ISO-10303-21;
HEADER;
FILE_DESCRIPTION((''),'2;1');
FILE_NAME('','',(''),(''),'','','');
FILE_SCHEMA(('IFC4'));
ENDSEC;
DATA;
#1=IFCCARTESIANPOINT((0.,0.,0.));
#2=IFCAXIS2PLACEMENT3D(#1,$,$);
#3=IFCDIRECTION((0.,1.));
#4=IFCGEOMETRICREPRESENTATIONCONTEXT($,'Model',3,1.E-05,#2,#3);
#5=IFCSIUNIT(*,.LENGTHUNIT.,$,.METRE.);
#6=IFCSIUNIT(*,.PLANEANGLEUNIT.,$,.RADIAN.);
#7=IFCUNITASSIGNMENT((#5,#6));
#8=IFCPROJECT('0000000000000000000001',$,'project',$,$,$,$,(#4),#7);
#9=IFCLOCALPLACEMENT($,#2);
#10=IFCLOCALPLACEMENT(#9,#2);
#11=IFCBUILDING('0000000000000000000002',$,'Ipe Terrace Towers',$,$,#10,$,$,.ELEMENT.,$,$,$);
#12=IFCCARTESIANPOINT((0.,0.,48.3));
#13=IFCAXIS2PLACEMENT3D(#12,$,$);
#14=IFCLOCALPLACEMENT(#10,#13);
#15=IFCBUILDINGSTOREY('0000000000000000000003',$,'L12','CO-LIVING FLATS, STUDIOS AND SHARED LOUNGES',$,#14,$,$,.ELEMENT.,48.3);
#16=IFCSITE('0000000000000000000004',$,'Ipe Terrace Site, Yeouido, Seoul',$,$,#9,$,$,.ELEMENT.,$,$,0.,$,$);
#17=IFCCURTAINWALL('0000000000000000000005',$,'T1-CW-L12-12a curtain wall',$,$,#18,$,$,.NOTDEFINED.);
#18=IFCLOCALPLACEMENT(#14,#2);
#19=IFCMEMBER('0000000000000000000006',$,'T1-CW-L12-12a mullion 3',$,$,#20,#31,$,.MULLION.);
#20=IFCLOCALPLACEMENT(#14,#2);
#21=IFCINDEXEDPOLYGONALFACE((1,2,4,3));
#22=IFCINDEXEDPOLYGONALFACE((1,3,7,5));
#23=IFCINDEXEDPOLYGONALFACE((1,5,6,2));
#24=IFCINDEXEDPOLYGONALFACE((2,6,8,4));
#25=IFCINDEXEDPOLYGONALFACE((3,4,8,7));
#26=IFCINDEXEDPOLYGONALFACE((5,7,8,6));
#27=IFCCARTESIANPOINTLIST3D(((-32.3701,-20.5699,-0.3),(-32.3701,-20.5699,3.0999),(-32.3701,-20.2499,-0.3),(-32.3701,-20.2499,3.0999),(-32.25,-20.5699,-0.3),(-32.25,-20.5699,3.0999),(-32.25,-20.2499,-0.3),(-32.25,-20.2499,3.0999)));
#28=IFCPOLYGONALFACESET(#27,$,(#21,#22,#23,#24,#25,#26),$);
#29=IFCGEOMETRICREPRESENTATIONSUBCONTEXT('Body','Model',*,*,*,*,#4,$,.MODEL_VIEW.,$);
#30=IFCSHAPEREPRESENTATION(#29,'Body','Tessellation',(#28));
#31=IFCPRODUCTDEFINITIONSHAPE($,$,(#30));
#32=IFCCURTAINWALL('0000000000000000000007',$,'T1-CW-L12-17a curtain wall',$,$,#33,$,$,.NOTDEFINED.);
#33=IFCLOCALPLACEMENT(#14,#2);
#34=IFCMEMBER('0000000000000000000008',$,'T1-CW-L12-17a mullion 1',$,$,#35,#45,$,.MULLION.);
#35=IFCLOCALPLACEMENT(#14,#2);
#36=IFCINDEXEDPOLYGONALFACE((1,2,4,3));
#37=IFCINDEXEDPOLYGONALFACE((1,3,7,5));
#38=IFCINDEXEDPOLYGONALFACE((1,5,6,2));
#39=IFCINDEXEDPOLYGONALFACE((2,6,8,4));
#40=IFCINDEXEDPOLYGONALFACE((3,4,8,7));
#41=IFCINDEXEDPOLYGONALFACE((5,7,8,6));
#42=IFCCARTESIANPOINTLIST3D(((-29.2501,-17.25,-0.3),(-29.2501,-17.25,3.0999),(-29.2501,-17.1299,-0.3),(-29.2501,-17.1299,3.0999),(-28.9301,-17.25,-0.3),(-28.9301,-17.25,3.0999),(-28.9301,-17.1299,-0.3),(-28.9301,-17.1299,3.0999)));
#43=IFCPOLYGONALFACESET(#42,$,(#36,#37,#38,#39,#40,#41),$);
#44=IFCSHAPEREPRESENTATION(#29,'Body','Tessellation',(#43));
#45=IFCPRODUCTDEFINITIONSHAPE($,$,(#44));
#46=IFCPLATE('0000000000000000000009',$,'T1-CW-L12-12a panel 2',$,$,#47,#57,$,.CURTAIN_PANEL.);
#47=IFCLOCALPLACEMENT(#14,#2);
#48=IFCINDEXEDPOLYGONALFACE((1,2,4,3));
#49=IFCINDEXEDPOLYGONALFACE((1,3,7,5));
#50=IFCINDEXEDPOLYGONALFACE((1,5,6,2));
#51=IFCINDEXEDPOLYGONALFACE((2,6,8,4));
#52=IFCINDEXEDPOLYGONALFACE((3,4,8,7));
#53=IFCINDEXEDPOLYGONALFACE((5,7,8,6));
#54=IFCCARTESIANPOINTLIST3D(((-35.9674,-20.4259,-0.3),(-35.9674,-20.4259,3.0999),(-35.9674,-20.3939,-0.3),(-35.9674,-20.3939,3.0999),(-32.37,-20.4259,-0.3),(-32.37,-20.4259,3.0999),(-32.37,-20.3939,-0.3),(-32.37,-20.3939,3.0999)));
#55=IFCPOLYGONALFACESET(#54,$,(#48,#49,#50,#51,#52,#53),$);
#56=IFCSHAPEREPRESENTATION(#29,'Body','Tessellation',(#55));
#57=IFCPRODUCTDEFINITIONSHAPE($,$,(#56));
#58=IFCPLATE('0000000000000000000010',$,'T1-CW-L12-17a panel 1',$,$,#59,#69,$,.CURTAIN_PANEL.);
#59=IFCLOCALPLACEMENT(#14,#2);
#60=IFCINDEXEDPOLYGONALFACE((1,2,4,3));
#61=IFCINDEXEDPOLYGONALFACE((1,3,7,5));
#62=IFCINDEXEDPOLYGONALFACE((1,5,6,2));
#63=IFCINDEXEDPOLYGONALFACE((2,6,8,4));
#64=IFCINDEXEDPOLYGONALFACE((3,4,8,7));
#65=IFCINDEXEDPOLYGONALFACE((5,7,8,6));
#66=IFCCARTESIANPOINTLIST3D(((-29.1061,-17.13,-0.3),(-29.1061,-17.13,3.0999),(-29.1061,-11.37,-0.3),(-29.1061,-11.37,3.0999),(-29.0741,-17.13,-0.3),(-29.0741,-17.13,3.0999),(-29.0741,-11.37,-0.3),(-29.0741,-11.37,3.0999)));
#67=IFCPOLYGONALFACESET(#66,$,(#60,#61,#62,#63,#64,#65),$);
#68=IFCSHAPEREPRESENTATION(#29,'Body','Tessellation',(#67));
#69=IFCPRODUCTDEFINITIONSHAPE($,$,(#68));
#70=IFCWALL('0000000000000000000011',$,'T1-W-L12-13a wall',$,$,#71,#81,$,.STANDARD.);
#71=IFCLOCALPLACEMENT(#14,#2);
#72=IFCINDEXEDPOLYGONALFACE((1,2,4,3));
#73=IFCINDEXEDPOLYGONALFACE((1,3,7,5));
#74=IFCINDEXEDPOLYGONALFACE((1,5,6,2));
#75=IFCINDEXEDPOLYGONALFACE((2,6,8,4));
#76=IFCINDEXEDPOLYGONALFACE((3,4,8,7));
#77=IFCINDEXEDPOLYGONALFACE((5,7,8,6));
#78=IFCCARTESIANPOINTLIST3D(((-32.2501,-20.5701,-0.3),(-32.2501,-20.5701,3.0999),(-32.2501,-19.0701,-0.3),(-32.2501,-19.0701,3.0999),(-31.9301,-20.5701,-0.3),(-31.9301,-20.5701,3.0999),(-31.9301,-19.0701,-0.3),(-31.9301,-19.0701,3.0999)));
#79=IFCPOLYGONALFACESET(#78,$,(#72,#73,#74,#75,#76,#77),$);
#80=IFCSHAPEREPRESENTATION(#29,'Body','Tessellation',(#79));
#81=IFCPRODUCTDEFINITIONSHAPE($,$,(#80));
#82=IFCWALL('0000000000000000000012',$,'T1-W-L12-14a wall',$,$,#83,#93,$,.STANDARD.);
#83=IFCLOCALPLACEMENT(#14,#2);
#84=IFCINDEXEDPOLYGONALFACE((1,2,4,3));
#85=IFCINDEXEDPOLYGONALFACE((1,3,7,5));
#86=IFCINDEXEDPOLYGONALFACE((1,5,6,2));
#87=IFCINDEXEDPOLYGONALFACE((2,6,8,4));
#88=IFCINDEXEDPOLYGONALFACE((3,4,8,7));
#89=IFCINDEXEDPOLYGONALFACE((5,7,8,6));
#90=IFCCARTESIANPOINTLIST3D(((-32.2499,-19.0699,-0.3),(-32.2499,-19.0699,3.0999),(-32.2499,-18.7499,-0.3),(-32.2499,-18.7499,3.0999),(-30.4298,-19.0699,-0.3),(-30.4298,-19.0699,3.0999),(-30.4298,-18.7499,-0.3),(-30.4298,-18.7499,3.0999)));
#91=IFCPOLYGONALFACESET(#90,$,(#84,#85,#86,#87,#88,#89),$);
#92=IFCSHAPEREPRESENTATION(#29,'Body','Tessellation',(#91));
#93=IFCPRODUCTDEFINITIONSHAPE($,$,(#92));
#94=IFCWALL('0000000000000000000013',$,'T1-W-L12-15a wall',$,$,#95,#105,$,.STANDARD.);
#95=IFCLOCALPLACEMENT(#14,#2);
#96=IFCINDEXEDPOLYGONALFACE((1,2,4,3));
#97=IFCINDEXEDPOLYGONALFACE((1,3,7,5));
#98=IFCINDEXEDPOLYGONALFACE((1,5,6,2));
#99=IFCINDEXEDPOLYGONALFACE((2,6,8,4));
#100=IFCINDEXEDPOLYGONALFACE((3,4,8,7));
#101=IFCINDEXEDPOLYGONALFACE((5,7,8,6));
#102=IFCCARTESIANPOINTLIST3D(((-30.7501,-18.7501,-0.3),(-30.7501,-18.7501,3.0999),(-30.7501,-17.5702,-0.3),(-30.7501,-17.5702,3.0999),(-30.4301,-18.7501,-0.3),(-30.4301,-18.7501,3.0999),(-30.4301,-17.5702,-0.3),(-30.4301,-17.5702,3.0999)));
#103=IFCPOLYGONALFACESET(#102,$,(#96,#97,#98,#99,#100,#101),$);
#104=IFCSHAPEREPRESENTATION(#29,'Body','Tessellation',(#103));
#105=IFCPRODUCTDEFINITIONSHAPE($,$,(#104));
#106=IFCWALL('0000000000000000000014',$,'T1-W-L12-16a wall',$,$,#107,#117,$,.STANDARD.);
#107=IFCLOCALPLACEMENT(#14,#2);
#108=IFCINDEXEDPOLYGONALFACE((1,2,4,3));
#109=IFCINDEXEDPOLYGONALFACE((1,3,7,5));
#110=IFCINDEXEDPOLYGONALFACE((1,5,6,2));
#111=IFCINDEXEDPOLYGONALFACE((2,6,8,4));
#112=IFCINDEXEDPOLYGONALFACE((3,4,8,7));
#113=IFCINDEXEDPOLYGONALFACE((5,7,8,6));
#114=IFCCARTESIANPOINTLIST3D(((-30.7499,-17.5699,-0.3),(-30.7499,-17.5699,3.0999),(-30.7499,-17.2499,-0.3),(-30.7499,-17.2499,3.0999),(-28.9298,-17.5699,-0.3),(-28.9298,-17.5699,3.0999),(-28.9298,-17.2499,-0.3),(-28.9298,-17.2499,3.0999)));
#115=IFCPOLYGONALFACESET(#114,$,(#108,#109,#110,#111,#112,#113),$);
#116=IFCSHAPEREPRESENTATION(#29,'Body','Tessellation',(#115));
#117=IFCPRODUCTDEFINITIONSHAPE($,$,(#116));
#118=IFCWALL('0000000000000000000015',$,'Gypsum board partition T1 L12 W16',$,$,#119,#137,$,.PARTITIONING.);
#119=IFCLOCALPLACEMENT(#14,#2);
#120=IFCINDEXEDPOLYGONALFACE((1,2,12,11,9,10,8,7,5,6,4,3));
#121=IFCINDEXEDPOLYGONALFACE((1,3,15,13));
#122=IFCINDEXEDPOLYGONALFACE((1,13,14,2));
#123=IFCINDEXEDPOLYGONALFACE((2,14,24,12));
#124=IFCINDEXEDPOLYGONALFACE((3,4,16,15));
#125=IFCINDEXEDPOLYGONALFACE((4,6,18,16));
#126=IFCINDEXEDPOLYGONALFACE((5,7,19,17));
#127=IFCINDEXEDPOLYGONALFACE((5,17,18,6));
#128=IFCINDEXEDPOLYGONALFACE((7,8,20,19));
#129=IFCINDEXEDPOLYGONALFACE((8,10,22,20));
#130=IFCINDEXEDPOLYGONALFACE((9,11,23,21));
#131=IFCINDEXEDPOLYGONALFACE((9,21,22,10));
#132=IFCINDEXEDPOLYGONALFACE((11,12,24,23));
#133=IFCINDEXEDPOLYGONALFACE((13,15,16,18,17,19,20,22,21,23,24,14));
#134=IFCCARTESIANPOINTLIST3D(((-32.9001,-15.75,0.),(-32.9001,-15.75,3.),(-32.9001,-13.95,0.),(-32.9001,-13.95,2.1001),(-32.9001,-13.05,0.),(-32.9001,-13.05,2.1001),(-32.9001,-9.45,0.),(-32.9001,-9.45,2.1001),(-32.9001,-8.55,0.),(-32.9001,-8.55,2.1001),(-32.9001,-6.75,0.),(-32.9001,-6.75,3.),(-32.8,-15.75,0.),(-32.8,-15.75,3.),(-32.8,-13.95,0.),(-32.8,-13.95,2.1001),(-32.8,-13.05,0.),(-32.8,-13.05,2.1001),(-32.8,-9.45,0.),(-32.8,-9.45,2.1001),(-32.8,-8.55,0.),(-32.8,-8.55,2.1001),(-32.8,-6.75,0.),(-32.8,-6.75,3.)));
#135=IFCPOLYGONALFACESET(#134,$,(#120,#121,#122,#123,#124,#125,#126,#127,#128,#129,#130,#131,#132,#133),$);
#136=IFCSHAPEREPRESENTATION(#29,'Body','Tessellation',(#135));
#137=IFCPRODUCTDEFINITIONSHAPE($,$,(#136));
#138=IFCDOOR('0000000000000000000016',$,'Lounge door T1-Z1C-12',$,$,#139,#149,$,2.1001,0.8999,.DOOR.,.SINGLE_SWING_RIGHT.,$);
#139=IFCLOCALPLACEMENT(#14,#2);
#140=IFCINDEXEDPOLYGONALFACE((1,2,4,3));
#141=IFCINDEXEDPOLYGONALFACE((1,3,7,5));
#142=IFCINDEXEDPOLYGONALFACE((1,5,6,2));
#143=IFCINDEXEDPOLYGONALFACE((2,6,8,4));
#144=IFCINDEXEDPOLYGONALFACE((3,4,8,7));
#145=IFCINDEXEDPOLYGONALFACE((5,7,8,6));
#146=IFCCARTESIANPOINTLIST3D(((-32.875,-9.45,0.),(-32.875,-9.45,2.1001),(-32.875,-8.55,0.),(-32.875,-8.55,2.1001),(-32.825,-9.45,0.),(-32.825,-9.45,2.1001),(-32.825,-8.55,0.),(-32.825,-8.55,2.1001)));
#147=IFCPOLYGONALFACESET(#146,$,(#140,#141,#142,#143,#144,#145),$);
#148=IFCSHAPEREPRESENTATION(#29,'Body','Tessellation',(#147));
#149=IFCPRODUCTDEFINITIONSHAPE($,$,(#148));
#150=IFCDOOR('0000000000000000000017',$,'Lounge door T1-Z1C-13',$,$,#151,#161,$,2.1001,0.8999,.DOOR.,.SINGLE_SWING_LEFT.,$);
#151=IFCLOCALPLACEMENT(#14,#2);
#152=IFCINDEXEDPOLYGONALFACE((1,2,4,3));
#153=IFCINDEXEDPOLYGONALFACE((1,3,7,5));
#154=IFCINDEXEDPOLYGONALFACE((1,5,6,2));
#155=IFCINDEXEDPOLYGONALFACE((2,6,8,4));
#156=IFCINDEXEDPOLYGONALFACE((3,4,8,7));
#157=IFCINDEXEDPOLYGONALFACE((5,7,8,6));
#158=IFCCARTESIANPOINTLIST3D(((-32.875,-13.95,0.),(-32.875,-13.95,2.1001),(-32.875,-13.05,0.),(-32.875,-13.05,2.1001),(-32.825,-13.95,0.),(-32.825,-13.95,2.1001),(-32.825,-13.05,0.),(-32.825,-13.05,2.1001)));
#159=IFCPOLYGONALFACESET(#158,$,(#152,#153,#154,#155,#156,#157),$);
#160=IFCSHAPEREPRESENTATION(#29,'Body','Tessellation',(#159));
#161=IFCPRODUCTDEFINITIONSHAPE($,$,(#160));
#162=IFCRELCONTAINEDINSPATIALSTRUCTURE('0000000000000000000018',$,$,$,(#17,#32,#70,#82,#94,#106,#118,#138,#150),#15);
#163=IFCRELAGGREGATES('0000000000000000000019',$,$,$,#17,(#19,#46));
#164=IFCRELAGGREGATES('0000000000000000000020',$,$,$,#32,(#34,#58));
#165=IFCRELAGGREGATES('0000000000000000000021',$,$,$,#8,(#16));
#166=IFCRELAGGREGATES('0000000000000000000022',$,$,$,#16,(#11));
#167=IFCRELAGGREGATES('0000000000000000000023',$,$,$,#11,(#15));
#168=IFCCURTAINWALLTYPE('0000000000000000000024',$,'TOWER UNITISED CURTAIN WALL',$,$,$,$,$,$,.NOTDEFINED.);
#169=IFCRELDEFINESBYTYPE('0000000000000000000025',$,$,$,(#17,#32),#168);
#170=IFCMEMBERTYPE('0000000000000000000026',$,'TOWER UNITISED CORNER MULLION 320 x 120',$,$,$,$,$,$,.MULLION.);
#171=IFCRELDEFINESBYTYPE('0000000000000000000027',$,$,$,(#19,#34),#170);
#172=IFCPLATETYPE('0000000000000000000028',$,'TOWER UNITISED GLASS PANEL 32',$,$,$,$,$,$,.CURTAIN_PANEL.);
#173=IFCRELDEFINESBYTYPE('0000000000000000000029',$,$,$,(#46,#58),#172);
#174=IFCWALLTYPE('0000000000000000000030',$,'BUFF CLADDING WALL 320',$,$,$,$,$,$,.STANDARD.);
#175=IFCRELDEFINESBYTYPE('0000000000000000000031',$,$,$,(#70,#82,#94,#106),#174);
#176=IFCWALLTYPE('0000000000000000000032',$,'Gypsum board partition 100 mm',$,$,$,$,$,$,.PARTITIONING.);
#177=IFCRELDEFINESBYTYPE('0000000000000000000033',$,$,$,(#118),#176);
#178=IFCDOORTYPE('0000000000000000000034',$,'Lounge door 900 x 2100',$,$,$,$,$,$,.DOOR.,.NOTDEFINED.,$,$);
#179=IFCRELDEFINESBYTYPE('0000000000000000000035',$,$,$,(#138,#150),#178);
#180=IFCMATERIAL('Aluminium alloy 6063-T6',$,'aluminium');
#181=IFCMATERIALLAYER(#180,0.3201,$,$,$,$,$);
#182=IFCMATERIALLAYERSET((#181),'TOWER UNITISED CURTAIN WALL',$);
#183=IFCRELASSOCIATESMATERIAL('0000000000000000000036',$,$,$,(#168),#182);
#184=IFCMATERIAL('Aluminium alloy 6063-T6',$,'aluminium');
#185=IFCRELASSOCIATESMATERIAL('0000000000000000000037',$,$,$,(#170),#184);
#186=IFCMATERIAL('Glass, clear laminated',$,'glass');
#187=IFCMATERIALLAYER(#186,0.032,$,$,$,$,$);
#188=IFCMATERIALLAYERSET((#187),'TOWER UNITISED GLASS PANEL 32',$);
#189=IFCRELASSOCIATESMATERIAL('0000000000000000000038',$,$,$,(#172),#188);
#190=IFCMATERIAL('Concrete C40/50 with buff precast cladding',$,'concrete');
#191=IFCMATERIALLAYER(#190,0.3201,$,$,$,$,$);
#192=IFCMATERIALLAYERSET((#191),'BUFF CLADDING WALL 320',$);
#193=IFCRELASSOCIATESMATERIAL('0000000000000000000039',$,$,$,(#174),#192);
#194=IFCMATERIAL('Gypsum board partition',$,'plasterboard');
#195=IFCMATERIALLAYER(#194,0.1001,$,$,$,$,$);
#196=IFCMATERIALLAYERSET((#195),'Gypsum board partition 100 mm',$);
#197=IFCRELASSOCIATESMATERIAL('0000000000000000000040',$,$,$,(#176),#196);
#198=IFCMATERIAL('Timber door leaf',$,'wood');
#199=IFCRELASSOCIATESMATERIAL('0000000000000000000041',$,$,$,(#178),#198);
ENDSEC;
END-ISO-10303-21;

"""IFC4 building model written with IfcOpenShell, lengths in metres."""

from ifc_helpers import new_model, si_unit, direction, frame, frame_2d, origin, origin_2d, place, context, subcontext, project, spatial, rectangle, extrude, material, layer, layer_set, material_profile, profile_set, type_object, element, fill, aggregate, save


model = new_model("IFC4")

# Units and contexts
model_context = context("Model", 3, precision=1e-05, world=origin(), true_north=direction((0.0, 1.0)))
body_context = subcontext(model_context, "Body", "Model", "MODEL_VIEW")
ifc_project = project(units=[si_unit("LENGTHUNIT", "METRE"), si_unit("PLANEANGLEUNIT", "RADIAN")], contexts=[model_context])

# Site, building, storey
site_placement = place(None, origin())
site = spatial("IfcSite", under=ifc_project, at=site_placement, Name="Ipe Terrace Site, Yeouido, Seoul", CompositionType="ELEMENT", RefElevation=0.0)
building_placement = place(site_placement, origin())
building = spatial("IfcBuilding", under=site, at=building_placement, Name="Ipe Terrace Towers", CompositionType="ELEMENT")
storey_placement = place(building_placement, frame((0.0, 0.0, 48.3)))
storey = spatial("IfcBuildingStorey", under=building, at=storey_placement, Name="L12", Description="CO-LIVING FLATS, STUDIOS AND SHARED LOUNGES", CompositionType="ELEMENT", Elevation=48.3)

# Curtain walls, members
ifc_material_1 = material(Name="Aluminium alloy 6063-T6", Category="aluminium")
ifc_layer_1 = layer(ifc_material_1, 0.3201)
ifc_layer_set_1 = layer_set([ifc_layer_1], Name="TOWER UNITISED CURTAIN WALL")
curtain_wall_type = type_object("IfcCurtainWallType", Name="TOWER UNITISED CURTAIN WALL", PredefinedType="NOTDEFINED", material=ifc_layer_set_1)
curtain_wall_1_placement = place(storey_placement, origin())
curtain_wall_1 = element("IfcCurtainWall", 1, at=curtain_wall_1_placement, inside=storey, type_object=curtain_wall_type, Name="T1-CW-L12-12a curtain wall", PredefinedType="NOTDEFINED")
ifc_material_2 = material(Name="Aluminium alloy 6063-T6", Category="aluminium")
ifc_material_profile_1 = material_profile(ifc_material_2, rectangle(XDim=0.3201, YDim=0.1201, at=origin_2d()), Name="TOWER UNITISED CORNER MULLION 320 x 120")
ifc_profile_set_1 = profile_set([ifc_material_profile_1], Name="Aluminium alloy 6063-T6")
member_type = type_object("IfcMemberType", Name="TOWER UNITISED CORNER MULLION 320 x 120", PredefinedType="MULLION", material=ifc_profile_set_1)
member_1_placement = place(storey_placement, frame((-32.3101, -20.4099, -0.3), z_axis=(0.0, 0.0, 1.0), x_axis=(0.0, -1.0, 0.0)))
member_1 = element("IfcMember", 2, at=member_1_placement, type_object=member_type, Name="T1-CW-L12-12a mullion 3", PredefinedType="MULLION", context=body_context, shape_type="SweptSolid", body=[
    extrude(rectangle(XDim=0.3201, YDim=0.1201, at=origin_2d()), origin(), (0.0, 0.0, 1.0), 3.3999),
])
curtain_wall_2_placement = place(storey_placement, origin())
curtain_wall_2 = element("IfcCurtainWall", 3, at=curtain_wall_2_placement, inside=storey, type_object=curtain_wall_type, Name="T1-CW-L12-17a curtain wall", PredefinedType="NOTDEFINED")
member_2_placement = place(storey_placement, frame((-29.0901, -17.1899, -0.3), z_axis=(0.0, 0.0, 1.0), x_axis=(1.0, 0.0, 0.0)))
member_2 = element("IfcMember", 4, at=member_2_placement, type_object=member_type, Name="T1-CW-L12-17a mullion 1", PredefinedType="MULLION", context=body_context, shape_type="SweptSolid", body=[
    extrude(rectangle(XDim=0.3201, YDim=0.1201, at=origin_2d()), origin(), (0.0, 0.0, 1.0), 3.3999),
])

# Plates
ifc_material_3 = material(Name="Glass, clear laminated", Category="glass")
ifc_layer_2 = layer(ifc_material_3, 0.032)
ifc_layer_set_2 = layer_set([ifc_layer_2], Name="TOWER UNITISED GLASS PANEL 32")
plate_type = type_object("IfcPlateType", Name="TOWER UNITISED GLASS PANEL 32", PredefinedType="CURTAIN_PANEL", material=ifc_layer_set_2)
plate_1_placement = place(storey_placement, frame((-34.1687, -20.4099, -0.3), z_axis=(0.0, 0.0, 1.0), x_axis=(1.0, 0.0, 0.0)))
plate_1 = element("IfcPlate", 5, at=plate_1_placement, type_object=plate_type, Name="T1-CW-L12-12a panel 2", PredefinedType="CURTAIN_PANEL", context=body_context, shape_type="SweptSolid", body=[
    extrude(rectangle(XDim=3.5974, YDim=0.032, at=origin_2d()), origin(), (0.0, 0.0, 1.0), 3.3999),
])
aggregate(curtain_wall_1, [member_1, plate_1])
plate_2_placement = place(storey_placement, frame((-29.0901, -14.25, -0.3), z_axis=(0.0, 0.0, 1.0), x_axis=(0.0, 1.0, 0.0)))
plate_2 = element("IfcPlate", 6, at=plate_2_placement, type_object=plate_type, Name="T1-CW-L12-17a panel 1", PredefinedType="CURTAIN_PANEL", context=body_context, shape_type="SweptSolid", body=[
    extrude(rectangle(XDim=5.76, YDim=0.032, at=origin_2d()), origin(), (0.0, 0.0, 1.0), 3.3999),
])
aggregate(curtain_wall_2, [member_2, plate_2])

# Walls
ifc_material_4 = material(Name="Concrete C40/50 with buff precast cladding", Category="concrete")
ifc_layer_3 = layer(ifc_material_4, 0.3201)
ifc_layer_set_3 = layer_set([ifc_layer_3], Name="BUFF CLADDING WALL 320")
wall_type_1 = type_object("IfcWallType", Name="BUFF CLADDING WALL 320", PredefinedType="STANDARD", material=ifc_layer_set_3)
wall_1_placement = place(storey_placement, frame((-32.0901, -20.5701, -0.3), z_axis=(0.0, 0.0, 1.0), x_axis=(0.0, 1.0, 0.0)))
element("IfcWall", 7, at=wall_1_placement, inside=storey, type_object=wall_type_1, Name="T1-W-L12-13a wall", PredefinedType="STANDARD", context=body_context, shape_type="SweptSolid", body=[
    extrude(rectangle(XDim=1.5, YDim=0.3201, at=frame_2d((0.75, 0.0))), origin(), (0.0, 0.0, 1.0), 3.3999),
])
wall_2_placement = place(storey_placement, frame((-32.25, -18.9099, -0.3), z_axis=(0.0, 0.0, 1.0), x_axis=(1.0, 0.0, 0.0)))
element("IfcWall", 8, at=wall_2_placement, inside=storey, type_object=wall_type_1, Name="T1-W-L12-14a wall", PredefinedType="STANDARD", context=body_context, shape_type="SweptSolid", body=[
    extrude(rectangle(XDim=1.8201, YDim=0.3201, at=frame_2d((0.9102, 0.0))), origin(), (0.0, 0.0, 1.0), 3.3999),
])
wall_3_placement = place(storey_placement, frame((-30.5901, -18.75, -0.3), z_axis=(0.0, 0.0, 1.0), x_axis=(0.0, 1.0, 0.0)))
element("IfcWall", 9, at=wall_3_placement, inside=storey, type_object=wall_type_1, Name="T1-W-L12-15a wall", PredefinedType="STANDARD", context=body_context, shape_type="SweptSolid", body=[
    extrude(rectangle(XDim=1.1799, YDim=0.3201, at=frame_2d((0.5898, 0.0))), origin(), (0.0, 0.0, 1.0), 3.3999),
])
wall_4_placement = place(storey_placement, frame((-30.75, -17.4099, -0.3), z_axis=(0.0, 0.0, 1.0), x_axis=(1.0, 0.0, 0.0)))
element("IfcWall", 10, at=wall_4_placement, inside=storey, type_object=wall_type_1, Name="T1-W-L12-16a wall", PredefinedType="STANDARD", context=body_context, shape_type="SweptSolid", body=[
    extrude(rectangle(XDim=1.8201, YDim=0.3201, at=frame_2d((0.9102, 0.0))), origin(), (0.0, 0.0, 1.0), 3.3999),
])

# Wall, openings, doors
ifc_material_5 = material(Name="Gypsum board partition", Category="plasterboard")
ifc_layer_4 = layer(ifc_material_5, 0.1001)
ifc_layer_set_4 = layer_set([ifc_layer_4], Name="Gypsum board partition 100 mm")
wall_type_2 = type_object("IfcWallType", Name="Gypsum board partition 100 mm", PredefinedType="PARTITIONING", material=ifc_layer_set_4)
wall_5_placement = place(storey_placement, frame((-32.8501, -15.75, 0.0), z_axis=(0.0, 0.0, 1.0), x_axis=(0.0, 1.0, 0.0)))
wall_5 = element("IfcWall", 11, at=wall_5_placement, inside=storey, type_object=wall_type_2, Name="Gypsum board partition T1 L12 W16", PredefinedType="PARTITIONING", context=body_context, shape_type="SweptSolid", body=[
    extrude(rectangle(XDim=9.0, YDim=0.1001, at=frame_2d((4.5, 0.0))), origin(), (0.0, 0.0, 1.0), 3.0),
])
opening_1_placement = place(wall_5_placement, frame((6.3, 0.0, 0.0)))
opening_1 = element("IfcOpeningElement", 12, at=opening_1_placement, cuts=wall_5, PredefinedType="OPENING", context=body_context, shape_type="SweptSolid", body=[
    extrude(rectangle(XDim=0.8999, YDim=2.1001, at=frame_2d((0.45, 1.05))), frame((0.0, 0.0601, 0.0), z_axis=(0.0, -1.0, 0.0), x_axis=(1.0, 0.0, 0.0)), (0.0, 0.0, 1.0), 0.1201),
])
opening_2_placement = place(wall_5_placement, frame((1.8, 0.0, 0.0)))
opening_2 = element("IfcOpeningElement", 13, at=opening_2_placement, cuts=wall_5, PredefinedType="OPENING", context=body_context, shape_type="SweptSolid", body=[
    extrude(rectangle(XDim=0.8999, YDim=2.1001, at=frame_2d((0.45, 1.05))), frame((0.0, 0.0601, 0.0), z_axis=(0.0, -1.0, 0.0), x_axis=(1.0, 0.0, 0.0)), (0.0, 0.0, 1.0), 0.1201),
])
ifc_material_6 = material(Name="Timber door leaf", Category="wood")
door_type_1 = type_object("IfcDoorType", Name="Lounge door 900 x 2100", OperationType="NOTDEFINED", PredefinedType="DOOR", material=ifc_material_6)
door_1_placement = place(opening_1_placement, origin())
door_1 = element("IfcDoor", 14, at=door_1_placement, inside=storey, type_object=door_type_1, Name="Lounge door T1-Z1C-12", OperationType="SINGLE_SWING_RIGHT", OverallHeight=2.1001, OverallWidth=0.8999, PredefinedType="DOOR", context=body_context, shape_type="SweptSolid", body=[
    extrude(rectangle(XDim=0.8999, YDim=2.1001, at=frame_2d((0.45, 1.05))), frame((0.0, 0.0249, 0.0), z_axis=(0.0, -1.0, 0.0), x_axis=(1.0, 0.0, 0.0)), (0.0, 0.0, 1.0), 0.05),
])
fill(opening_1, door_1)
door_2_placement = place(opening_2_placement, origin())
door_2 = element("IfcDoor", 15, at=door_2_placement, inside=storey, type_object=door_type_1, Name="Lounge door T1-Z1C-13", OperationType="SINGLE_SWING_LEFT", OverallHeight=2.1001, OverallWidth=0.8999, PredefinedType="DOOR", context=body_context, shape_type="SweptSolid", body=[
    extrude(rectangle(XDim=0.8999, YDim=2.1001, at=frame_2d((0.45, 1.05))), frame((0.0, 0.0249, 0.0), z_axis=(0.0, -1.0, 0.0), x_axis=(1.0, 0.0, 0.0)), (0.0, 0.0, 1.0), 0.05),
])
fill(opening_2, door_2)

save(model, "model.ifc")
